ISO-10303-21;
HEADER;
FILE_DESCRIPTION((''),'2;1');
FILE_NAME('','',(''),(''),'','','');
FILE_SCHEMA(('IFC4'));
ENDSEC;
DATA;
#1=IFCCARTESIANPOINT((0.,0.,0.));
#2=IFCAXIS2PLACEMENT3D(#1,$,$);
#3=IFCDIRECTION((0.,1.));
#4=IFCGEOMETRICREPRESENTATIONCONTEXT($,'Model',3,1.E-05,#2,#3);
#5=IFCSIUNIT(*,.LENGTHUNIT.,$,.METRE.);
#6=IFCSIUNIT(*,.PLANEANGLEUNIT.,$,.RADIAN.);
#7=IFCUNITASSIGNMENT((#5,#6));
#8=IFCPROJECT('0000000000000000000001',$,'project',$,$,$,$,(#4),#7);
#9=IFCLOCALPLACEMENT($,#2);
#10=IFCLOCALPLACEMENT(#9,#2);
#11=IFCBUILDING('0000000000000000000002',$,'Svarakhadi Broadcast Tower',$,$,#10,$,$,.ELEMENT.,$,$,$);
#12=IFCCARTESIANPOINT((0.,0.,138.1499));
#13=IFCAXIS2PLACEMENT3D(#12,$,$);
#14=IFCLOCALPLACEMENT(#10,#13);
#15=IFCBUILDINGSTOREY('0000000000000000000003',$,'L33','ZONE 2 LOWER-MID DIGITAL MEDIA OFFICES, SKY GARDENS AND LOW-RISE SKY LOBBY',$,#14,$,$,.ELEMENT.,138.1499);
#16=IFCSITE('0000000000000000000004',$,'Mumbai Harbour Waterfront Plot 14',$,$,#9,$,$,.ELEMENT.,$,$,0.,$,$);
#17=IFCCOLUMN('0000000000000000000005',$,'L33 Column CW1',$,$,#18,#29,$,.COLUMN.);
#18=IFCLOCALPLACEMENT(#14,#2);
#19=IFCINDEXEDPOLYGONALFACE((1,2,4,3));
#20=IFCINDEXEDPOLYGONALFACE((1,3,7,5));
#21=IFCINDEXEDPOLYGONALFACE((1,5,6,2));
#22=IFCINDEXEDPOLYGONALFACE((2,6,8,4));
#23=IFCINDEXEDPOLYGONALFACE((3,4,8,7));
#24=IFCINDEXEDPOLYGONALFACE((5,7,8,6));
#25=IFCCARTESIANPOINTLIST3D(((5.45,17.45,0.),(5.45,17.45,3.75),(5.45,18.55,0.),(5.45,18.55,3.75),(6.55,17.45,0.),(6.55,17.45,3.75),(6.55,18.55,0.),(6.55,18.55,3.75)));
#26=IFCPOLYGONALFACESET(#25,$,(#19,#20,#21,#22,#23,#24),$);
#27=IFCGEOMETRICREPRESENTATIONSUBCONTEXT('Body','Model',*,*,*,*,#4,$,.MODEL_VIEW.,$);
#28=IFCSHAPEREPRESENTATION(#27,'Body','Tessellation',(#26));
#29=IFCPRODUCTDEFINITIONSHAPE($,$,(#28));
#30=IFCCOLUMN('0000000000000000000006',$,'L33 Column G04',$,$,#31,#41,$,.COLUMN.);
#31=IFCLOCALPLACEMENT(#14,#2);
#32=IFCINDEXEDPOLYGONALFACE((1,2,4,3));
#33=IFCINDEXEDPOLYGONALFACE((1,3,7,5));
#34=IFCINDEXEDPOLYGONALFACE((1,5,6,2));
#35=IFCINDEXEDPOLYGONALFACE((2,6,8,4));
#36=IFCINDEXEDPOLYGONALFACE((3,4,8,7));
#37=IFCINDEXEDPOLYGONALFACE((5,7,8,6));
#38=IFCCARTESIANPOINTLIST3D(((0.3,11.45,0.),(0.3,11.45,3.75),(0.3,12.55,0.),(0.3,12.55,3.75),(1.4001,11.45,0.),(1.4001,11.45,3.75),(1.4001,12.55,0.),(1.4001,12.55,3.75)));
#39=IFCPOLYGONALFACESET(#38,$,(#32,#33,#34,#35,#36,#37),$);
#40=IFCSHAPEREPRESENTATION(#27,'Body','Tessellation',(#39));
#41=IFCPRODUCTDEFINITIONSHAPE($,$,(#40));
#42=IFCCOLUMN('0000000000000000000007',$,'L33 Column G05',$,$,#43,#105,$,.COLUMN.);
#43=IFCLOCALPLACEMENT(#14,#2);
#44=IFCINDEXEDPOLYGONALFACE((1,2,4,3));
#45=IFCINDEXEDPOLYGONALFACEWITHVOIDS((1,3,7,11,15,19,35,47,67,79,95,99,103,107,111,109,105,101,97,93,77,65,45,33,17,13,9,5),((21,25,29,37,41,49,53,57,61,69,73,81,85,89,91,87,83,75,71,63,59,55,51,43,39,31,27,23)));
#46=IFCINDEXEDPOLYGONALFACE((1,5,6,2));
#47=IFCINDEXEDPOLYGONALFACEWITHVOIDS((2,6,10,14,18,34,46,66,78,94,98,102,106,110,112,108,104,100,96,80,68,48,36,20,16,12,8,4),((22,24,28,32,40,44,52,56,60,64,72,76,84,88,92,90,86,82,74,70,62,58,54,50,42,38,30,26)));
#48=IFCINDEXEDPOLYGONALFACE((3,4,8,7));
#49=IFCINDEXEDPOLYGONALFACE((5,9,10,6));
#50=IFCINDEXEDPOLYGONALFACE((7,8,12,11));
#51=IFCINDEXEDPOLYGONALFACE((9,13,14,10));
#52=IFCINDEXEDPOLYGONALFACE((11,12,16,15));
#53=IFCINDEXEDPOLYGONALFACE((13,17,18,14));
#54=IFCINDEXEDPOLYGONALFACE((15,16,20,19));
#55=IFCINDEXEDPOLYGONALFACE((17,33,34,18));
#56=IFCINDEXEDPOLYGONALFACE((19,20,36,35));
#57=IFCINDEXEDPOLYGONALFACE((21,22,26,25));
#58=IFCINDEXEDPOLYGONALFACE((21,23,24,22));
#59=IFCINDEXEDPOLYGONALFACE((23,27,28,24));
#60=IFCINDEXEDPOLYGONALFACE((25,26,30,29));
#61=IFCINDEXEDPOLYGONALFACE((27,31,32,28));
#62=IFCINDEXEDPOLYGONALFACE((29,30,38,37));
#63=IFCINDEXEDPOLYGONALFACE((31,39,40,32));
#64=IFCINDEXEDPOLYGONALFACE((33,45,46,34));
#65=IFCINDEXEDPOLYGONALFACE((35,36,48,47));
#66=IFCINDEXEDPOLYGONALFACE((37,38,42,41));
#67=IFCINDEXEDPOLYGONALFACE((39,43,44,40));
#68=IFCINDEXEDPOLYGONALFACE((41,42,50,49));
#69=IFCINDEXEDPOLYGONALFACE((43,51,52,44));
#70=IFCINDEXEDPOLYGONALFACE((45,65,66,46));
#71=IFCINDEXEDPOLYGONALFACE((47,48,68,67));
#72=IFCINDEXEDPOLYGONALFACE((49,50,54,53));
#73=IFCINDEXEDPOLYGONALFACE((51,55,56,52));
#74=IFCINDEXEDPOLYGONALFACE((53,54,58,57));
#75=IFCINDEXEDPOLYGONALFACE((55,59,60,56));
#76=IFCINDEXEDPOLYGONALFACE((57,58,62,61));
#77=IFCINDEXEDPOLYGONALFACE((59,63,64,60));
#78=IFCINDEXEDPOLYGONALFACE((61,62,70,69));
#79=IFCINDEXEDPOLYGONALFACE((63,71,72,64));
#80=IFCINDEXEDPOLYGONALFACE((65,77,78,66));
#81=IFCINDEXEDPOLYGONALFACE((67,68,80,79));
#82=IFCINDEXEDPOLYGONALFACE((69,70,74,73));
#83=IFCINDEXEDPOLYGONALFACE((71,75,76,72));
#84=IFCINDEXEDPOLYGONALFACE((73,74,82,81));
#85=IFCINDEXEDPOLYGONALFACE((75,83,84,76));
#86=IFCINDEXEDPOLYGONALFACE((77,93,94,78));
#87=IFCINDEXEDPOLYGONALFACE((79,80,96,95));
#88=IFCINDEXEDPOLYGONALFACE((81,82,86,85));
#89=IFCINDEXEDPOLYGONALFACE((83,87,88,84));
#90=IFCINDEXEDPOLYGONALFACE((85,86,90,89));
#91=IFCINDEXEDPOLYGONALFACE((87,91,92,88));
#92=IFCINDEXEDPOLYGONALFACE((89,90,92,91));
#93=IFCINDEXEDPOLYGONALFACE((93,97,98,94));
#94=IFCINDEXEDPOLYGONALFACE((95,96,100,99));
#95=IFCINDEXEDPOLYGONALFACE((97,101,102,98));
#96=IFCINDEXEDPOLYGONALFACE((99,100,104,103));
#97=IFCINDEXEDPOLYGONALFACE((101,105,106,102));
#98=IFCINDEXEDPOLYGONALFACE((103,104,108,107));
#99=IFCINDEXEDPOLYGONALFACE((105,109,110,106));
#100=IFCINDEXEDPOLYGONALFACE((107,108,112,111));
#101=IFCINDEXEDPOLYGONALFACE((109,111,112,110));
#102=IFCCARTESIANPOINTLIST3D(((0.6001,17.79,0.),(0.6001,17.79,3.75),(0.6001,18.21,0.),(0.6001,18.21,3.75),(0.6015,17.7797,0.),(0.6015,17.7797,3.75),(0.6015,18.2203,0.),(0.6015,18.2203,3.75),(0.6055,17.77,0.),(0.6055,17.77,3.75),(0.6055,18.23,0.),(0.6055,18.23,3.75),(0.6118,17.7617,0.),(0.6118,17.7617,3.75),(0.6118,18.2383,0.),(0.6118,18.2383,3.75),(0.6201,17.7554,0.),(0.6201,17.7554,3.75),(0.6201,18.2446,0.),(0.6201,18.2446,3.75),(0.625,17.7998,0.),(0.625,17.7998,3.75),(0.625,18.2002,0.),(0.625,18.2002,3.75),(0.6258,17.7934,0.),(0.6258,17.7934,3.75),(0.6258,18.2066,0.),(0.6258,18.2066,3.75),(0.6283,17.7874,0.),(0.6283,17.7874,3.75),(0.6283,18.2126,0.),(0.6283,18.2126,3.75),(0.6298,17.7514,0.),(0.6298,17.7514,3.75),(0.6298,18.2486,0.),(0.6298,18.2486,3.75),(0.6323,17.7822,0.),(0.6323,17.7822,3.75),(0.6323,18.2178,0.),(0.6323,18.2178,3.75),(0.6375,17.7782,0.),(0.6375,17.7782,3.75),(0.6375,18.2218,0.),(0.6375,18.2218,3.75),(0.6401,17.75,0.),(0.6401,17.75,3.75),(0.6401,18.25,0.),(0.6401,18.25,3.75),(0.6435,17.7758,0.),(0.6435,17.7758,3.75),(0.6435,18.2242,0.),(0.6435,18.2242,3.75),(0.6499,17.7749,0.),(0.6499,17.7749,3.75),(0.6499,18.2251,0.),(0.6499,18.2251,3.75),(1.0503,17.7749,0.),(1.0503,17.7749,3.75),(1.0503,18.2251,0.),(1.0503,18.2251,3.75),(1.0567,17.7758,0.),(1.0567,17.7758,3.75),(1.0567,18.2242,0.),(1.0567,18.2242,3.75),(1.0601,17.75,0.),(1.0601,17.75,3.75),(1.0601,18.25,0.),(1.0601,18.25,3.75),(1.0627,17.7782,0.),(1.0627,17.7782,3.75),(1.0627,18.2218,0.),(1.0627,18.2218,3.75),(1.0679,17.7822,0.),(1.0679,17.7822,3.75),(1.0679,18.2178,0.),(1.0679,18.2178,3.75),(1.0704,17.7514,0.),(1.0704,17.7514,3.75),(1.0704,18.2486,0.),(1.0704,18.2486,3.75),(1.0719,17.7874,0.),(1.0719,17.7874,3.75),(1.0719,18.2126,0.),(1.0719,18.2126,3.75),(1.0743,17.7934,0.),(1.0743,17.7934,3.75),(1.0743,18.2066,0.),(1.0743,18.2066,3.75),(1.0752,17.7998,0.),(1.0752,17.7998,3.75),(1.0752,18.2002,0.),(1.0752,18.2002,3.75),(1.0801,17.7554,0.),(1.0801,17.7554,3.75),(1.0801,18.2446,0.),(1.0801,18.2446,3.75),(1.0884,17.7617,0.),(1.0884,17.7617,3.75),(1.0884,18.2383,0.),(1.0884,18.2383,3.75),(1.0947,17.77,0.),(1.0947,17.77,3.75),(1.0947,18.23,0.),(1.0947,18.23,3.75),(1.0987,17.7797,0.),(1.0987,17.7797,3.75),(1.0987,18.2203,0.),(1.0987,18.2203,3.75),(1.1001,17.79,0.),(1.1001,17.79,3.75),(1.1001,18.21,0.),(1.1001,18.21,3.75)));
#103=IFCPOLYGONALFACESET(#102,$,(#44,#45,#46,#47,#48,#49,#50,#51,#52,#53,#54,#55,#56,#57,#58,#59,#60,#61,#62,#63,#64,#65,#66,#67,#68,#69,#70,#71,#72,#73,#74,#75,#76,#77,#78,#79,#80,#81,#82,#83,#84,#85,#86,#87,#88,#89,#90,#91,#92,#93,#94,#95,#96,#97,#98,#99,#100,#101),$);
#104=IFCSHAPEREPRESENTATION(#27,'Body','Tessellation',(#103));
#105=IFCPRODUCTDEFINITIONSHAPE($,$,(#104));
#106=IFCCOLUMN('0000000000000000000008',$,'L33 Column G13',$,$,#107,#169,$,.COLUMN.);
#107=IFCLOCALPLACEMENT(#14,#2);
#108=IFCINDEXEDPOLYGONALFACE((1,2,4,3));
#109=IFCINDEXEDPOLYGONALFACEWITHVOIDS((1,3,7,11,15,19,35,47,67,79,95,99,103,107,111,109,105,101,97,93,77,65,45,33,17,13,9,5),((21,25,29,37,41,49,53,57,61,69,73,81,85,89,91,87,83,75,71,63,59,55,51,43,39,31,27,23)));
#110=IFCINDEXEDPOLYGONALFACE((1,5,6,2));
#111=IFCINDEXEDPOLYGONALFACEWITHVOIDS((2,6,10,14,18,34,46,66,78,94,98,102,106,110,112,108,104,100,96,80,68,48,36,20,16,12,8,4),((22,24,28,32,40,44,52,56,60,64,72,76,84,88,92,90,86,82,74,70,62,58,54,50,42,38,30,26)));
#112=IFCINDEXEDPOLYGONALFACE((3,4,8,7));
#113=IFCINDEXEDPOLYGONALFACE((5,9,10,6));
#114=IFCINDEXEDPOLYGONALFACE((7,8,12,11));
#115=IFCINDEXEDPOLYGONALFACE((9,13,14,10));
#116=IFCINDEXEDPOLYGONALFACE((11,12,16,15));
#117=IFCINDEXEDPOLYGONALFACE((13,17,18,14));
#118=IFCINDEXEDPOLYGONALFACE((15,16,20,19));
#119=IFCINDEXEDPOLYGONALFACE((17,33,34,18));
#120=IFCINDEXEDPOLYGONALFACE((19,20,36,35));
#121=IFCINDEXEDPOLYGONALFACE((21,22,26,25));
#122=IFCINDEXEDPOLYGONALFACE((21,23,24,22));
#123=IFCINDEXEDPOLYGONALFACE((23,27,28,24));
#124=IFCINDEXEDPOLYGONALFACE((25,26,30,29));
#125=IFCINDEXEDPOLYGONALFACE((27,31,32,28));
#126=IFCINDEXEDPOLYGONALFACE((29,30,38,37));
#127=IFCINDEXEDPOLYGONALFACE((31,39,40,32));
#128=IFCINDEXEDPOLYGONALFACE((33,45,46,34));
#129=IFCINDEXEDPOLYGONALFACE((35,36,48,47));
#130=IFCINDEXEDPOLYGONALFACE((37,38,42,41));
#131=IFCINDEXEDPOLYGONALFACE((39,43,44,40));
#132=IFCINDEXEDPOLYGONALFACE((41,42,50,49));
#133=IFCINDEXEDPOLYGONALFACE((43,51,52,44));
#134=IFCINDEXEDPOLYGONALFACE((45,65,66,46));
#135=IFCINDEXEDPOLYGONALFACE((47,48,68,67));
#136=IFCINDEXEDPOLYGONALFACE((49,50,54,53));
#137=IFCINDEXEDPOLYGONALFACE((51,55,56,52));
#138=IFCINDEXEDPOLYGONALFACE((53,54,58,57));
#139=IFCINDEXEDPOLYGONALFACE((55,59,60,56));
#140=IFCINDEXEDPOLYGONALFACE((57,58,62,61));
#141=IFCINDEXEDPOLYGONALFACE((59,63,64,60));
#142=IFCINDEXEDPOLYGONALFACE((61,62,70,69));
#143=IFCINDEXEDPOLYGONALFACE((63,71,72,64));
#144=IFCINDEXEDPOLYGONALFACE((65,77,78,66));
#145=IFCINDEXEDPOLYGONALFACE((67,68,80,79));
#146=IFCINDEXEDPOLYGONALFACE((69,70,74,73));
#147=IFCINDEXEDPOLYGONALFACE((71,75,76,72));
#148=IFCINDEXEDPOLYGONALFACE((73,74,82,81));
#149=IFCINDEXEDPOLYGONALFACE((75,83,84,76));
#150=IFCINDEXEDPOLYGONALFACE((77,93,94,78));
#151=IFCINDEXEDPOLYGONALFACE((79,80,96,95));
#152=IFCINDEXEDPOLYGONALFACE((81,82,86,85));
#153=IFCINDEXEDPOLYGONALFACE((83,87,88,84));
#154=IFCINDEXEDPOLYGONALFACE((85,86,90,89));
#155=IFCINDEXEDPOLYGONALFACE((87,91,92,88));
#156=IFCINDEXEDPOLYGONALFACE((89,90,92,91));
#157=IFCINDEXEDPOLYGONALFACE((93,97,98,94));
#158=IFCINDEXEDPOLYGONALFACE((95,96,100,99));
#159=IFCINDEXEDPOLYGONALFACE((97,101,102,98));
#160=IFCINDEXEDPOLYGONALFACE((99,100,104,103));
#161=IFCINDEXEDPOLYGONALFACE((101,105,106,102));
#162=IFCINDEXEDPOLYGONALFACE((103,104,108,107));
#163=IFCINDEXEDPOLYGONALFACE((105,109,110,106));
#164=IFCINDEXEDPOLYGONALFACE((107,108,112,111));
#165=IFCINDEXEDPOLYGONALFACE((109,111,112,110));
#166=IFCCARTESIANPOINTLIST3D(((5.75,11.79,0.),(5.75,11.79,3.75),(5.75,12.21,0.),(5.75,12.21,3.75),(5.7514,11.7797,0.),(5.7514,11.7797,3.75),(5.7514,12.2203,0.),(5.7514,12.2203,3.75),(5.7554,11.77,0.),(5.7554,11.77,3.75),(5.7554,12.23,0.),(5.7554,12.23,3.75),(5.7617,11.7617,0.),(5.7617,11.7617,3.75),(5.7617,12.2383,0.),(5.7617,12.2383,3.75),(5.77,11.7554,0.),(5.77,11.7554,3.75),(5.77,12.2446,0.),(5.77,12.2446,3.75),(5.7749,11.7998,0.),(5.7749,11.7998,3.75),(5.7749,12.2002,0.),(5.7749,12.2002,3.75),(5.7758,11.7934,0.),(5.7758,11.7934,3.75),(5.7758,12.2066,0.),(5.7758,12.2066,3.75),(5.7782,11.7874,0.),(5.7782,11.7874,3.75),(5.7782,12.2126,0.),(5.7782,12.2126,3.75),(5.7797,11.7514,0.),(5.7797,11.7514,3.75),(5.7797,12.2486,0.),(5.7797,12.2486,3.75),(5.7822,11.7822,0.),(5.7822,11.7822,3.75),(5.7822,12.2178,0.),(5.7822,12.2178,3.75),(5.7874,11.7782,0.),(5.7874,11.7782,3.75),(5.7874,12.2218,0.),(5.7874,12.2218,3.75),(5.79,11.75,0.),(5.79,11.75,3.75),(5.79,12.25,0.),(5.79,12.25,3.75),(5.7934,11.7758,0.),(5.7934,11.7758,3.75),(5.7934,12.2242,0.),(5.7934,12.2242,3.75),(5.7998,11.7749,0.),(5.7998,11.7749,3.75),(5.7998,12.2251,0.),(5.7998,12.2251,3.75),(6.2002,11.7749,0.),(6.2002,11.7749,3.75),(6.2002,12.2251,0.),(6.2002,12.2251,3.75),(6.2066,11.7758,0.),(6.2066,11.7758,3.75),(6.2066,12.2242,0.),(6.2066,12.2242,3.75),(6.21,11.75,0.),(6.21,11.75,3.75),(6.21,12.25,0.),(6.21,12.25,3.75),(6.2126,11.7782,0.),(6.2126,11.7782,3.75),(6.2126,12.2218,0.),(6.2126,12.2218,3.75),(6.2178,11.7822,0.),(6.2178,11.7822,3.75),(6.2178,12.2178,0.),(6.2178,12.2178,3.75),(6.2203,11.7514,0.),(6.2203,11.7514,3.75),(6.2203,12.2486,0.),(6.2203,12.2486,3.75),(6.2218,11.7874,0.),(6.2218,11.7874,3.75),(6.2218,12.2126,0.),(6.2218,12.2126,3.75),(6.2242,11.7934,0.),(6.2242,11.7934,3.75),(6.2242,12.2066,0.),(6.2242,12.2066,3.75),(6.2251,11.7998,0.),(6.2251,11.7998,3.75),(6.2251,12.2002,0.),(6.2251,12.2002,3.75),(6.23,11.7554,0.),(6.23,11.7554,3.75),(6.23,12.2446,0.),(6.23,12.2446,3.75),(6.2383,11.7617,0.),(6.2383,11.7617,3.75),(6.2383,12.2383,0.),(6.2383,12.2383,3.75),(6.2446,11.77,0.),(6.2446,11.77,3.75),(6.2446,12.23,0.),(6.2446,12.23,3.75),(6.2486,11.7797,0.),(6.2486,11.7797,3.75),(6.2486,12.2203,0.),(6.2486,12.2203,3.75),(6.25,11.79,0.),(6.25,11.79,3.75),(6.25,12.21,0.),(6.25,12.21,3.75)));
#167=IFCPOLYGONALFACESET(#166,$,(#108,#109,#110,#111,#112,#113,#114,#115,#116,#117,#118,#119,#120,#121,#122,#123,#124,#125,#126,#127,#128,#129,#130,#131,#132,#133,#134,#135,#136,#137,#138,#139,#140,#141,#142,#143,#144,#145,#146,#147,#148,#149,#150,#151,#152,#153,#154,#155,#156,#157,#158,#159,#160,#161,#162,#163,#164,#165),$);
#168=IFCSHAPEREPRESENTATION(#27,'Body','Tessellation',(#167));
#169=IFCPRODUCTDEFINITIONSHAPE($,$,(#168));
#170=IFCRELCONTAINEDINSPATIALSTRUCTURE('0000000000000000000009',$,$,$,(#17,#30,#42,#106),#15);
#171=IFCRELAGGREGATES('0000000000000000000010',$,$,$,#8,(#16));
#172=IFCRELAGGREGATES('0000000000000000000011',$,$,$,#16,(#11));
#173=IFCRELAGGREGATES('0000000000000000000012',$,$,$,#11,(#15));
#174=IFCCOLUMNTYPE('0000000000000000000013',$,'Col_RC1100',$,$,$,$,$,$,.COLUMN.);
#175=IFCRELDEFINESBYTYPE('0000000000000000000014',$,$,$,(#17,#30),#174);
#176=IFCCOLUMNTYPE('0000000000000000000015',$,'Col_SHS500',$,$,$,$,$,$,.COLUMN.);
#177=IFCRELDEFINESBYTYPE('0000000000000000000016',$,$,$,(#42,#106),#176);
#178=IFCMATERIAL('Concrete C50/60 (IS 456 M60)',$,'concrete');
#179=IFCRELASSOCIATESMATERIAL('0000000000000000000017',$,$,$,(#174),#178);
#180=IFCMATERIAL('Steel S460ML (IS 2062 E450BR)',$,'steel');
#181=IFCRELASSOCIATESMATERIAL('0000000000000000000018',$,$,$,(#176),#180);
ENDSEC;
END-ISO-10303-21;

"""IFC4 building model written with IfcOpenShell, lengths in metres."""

from ifc_helpers import new_model, si_unit, direction, frame, origin, origin_2d, place, context, subcontext, project, spatial, rectangle, hollow_rectangle, extrude, material, material_profile, profile_set, type_object, element, save


model = new_model("IFC4")

# Units and contexts
model_context = context("Model", 3, precision=1e-05, world=origin(), true_north=direction((0.0, 1.0)))
body_context = subcontext(model_context, "Body", "Model", "MODEL_VIEW")
ifc_project = project(units=[si_unit("LENGTHUNIT", "METRE"), si_unit("PLANEANGLEUNIT", "RADIAN")], contexts=[model_context])

# Site, building, storey
site_placement = place(None, origin())
site = spatial("IfcSite", under=ifc_project, at=site_placement, Name="Mumbai Harbour Waterfront Plot 14", CompositionType="ELEMENT", RefElevation=0.0)
building_placement = place(site_placement, origin())
building = spatial("IfcBuilding", under=site, at=building_placement, Name="Svarakhadi Broadcast Tower", CompositionType="ELEMENT")
storey_placement = place(building_placement, frame((0.0, 0.0, 138.1499)))
storey = spatial("IfcBuildingStorey", under=building, at=storey_placement, Name="L33", Description="ZONE 2 LOWER-MID DIGITAL MEDIA OFFICES, SKY GARDENS AND LOW-RISE SKY LOBBY", CompositionType="ELEMENT", Elevation=138.1499)

# Columns
ifc_material_1 = material(Name="Concrete C50/60 (IS 456 M60)", Category="concrete")
ifc_material_profile_1 = material_profile(ifc_material_1, rectangle(XDim=1.1001, YDim=1.1001, at=origin_2d()), Name="RC 1100x1100")
ifc_profile_set_1 = profile_set([ifc_material_profile_1], Name="Concrete C50/60 (IS 456 M60)")
column_type_1 = type_object("IfcColumnType", Name="Col_RC1100", PredefinedType="COLUMN", material=ifc_profile_set_1)
for number, where, z_axis, x_axis, name in (
    (1, (6.0, 18.0, 0.0), (0.0, 0.0, 1.0), (1.0, 0.0, 0.0), "L33 Column CW1"),
    (2, (0.8501, 12.0, 0.0), (0.0, 0.0, 1.0), (1.0, 0.0, 0.0), "L33 Column G04"),
):
    element("IfcColumn", number, at=place(storey_placement, frame(where, z_axis=z_axis, x_axis=x_axis)), inside=storey, type_object=column_type_1, Name=name, PredefinedType="COLUMN", context=body_context, shape_type="SweptSolid", body=[
        extrude(rectangle(XDim=1.1001, YDim=1.1001, at=origin_2d()), origin(), (0.0, 0.0, 1.0), 3.75),
    ])
ifc_material_2 = material(Name="Steel S460ML (IS 2062 E450BR)", Category="steel")
ifc_material_profile_2 = material_profile(ifc_material_2, hollow_rectangle(XDim=0.5, YDim=0.5, WallThickness=0.0249, InnerFilletRadius=0.0249, OuterFilletRadius=0.04, at=origin_2d()), Name="SHS 500x500x25")
ifc_profile_set_2 = profile_set([ifc_material_profile_2], Name="Steel S460ML (IS 2062 E450BR)")
column_type_2 = type_object("IfcColumnType", Name="Col_SHS500", PredefinedType="COLUMN", material=ifc_profile_set_2)
for number, where, z_axis, x_axis, name in (
    (3, (0.8501, 18.0, 0.0), (0.0, 0.0, 1.0), (1.0, 0.0, 0.0), "L33 Column G05"),
    (4, (6.0, 12.0, 0.0), (0.0, 0.0, 1.0), (1.0, 0.0, 0.0), "L33 Column G13"),
):
    element("IfcColumn", number, at=place(storey_placement, frame(where, z_axis=z_axis, x_axis=x_axis)), inside=storey, type_object=column_type_2, Name=name, PredefinedType="COLUMN", context=body_context, shape_type="SweptSolid", body=[
        extrude(hollow_rectangle(XDim=0.5, YDim=0.5, WallThickness=0.0249, InnerFilletRadius=0.0249, OuterFilletRadius=0.04, at=origin_2d()), origin(), (0.0, 0.0, 1.0), 3.75),
    ])

save(model, "model.ifc")
